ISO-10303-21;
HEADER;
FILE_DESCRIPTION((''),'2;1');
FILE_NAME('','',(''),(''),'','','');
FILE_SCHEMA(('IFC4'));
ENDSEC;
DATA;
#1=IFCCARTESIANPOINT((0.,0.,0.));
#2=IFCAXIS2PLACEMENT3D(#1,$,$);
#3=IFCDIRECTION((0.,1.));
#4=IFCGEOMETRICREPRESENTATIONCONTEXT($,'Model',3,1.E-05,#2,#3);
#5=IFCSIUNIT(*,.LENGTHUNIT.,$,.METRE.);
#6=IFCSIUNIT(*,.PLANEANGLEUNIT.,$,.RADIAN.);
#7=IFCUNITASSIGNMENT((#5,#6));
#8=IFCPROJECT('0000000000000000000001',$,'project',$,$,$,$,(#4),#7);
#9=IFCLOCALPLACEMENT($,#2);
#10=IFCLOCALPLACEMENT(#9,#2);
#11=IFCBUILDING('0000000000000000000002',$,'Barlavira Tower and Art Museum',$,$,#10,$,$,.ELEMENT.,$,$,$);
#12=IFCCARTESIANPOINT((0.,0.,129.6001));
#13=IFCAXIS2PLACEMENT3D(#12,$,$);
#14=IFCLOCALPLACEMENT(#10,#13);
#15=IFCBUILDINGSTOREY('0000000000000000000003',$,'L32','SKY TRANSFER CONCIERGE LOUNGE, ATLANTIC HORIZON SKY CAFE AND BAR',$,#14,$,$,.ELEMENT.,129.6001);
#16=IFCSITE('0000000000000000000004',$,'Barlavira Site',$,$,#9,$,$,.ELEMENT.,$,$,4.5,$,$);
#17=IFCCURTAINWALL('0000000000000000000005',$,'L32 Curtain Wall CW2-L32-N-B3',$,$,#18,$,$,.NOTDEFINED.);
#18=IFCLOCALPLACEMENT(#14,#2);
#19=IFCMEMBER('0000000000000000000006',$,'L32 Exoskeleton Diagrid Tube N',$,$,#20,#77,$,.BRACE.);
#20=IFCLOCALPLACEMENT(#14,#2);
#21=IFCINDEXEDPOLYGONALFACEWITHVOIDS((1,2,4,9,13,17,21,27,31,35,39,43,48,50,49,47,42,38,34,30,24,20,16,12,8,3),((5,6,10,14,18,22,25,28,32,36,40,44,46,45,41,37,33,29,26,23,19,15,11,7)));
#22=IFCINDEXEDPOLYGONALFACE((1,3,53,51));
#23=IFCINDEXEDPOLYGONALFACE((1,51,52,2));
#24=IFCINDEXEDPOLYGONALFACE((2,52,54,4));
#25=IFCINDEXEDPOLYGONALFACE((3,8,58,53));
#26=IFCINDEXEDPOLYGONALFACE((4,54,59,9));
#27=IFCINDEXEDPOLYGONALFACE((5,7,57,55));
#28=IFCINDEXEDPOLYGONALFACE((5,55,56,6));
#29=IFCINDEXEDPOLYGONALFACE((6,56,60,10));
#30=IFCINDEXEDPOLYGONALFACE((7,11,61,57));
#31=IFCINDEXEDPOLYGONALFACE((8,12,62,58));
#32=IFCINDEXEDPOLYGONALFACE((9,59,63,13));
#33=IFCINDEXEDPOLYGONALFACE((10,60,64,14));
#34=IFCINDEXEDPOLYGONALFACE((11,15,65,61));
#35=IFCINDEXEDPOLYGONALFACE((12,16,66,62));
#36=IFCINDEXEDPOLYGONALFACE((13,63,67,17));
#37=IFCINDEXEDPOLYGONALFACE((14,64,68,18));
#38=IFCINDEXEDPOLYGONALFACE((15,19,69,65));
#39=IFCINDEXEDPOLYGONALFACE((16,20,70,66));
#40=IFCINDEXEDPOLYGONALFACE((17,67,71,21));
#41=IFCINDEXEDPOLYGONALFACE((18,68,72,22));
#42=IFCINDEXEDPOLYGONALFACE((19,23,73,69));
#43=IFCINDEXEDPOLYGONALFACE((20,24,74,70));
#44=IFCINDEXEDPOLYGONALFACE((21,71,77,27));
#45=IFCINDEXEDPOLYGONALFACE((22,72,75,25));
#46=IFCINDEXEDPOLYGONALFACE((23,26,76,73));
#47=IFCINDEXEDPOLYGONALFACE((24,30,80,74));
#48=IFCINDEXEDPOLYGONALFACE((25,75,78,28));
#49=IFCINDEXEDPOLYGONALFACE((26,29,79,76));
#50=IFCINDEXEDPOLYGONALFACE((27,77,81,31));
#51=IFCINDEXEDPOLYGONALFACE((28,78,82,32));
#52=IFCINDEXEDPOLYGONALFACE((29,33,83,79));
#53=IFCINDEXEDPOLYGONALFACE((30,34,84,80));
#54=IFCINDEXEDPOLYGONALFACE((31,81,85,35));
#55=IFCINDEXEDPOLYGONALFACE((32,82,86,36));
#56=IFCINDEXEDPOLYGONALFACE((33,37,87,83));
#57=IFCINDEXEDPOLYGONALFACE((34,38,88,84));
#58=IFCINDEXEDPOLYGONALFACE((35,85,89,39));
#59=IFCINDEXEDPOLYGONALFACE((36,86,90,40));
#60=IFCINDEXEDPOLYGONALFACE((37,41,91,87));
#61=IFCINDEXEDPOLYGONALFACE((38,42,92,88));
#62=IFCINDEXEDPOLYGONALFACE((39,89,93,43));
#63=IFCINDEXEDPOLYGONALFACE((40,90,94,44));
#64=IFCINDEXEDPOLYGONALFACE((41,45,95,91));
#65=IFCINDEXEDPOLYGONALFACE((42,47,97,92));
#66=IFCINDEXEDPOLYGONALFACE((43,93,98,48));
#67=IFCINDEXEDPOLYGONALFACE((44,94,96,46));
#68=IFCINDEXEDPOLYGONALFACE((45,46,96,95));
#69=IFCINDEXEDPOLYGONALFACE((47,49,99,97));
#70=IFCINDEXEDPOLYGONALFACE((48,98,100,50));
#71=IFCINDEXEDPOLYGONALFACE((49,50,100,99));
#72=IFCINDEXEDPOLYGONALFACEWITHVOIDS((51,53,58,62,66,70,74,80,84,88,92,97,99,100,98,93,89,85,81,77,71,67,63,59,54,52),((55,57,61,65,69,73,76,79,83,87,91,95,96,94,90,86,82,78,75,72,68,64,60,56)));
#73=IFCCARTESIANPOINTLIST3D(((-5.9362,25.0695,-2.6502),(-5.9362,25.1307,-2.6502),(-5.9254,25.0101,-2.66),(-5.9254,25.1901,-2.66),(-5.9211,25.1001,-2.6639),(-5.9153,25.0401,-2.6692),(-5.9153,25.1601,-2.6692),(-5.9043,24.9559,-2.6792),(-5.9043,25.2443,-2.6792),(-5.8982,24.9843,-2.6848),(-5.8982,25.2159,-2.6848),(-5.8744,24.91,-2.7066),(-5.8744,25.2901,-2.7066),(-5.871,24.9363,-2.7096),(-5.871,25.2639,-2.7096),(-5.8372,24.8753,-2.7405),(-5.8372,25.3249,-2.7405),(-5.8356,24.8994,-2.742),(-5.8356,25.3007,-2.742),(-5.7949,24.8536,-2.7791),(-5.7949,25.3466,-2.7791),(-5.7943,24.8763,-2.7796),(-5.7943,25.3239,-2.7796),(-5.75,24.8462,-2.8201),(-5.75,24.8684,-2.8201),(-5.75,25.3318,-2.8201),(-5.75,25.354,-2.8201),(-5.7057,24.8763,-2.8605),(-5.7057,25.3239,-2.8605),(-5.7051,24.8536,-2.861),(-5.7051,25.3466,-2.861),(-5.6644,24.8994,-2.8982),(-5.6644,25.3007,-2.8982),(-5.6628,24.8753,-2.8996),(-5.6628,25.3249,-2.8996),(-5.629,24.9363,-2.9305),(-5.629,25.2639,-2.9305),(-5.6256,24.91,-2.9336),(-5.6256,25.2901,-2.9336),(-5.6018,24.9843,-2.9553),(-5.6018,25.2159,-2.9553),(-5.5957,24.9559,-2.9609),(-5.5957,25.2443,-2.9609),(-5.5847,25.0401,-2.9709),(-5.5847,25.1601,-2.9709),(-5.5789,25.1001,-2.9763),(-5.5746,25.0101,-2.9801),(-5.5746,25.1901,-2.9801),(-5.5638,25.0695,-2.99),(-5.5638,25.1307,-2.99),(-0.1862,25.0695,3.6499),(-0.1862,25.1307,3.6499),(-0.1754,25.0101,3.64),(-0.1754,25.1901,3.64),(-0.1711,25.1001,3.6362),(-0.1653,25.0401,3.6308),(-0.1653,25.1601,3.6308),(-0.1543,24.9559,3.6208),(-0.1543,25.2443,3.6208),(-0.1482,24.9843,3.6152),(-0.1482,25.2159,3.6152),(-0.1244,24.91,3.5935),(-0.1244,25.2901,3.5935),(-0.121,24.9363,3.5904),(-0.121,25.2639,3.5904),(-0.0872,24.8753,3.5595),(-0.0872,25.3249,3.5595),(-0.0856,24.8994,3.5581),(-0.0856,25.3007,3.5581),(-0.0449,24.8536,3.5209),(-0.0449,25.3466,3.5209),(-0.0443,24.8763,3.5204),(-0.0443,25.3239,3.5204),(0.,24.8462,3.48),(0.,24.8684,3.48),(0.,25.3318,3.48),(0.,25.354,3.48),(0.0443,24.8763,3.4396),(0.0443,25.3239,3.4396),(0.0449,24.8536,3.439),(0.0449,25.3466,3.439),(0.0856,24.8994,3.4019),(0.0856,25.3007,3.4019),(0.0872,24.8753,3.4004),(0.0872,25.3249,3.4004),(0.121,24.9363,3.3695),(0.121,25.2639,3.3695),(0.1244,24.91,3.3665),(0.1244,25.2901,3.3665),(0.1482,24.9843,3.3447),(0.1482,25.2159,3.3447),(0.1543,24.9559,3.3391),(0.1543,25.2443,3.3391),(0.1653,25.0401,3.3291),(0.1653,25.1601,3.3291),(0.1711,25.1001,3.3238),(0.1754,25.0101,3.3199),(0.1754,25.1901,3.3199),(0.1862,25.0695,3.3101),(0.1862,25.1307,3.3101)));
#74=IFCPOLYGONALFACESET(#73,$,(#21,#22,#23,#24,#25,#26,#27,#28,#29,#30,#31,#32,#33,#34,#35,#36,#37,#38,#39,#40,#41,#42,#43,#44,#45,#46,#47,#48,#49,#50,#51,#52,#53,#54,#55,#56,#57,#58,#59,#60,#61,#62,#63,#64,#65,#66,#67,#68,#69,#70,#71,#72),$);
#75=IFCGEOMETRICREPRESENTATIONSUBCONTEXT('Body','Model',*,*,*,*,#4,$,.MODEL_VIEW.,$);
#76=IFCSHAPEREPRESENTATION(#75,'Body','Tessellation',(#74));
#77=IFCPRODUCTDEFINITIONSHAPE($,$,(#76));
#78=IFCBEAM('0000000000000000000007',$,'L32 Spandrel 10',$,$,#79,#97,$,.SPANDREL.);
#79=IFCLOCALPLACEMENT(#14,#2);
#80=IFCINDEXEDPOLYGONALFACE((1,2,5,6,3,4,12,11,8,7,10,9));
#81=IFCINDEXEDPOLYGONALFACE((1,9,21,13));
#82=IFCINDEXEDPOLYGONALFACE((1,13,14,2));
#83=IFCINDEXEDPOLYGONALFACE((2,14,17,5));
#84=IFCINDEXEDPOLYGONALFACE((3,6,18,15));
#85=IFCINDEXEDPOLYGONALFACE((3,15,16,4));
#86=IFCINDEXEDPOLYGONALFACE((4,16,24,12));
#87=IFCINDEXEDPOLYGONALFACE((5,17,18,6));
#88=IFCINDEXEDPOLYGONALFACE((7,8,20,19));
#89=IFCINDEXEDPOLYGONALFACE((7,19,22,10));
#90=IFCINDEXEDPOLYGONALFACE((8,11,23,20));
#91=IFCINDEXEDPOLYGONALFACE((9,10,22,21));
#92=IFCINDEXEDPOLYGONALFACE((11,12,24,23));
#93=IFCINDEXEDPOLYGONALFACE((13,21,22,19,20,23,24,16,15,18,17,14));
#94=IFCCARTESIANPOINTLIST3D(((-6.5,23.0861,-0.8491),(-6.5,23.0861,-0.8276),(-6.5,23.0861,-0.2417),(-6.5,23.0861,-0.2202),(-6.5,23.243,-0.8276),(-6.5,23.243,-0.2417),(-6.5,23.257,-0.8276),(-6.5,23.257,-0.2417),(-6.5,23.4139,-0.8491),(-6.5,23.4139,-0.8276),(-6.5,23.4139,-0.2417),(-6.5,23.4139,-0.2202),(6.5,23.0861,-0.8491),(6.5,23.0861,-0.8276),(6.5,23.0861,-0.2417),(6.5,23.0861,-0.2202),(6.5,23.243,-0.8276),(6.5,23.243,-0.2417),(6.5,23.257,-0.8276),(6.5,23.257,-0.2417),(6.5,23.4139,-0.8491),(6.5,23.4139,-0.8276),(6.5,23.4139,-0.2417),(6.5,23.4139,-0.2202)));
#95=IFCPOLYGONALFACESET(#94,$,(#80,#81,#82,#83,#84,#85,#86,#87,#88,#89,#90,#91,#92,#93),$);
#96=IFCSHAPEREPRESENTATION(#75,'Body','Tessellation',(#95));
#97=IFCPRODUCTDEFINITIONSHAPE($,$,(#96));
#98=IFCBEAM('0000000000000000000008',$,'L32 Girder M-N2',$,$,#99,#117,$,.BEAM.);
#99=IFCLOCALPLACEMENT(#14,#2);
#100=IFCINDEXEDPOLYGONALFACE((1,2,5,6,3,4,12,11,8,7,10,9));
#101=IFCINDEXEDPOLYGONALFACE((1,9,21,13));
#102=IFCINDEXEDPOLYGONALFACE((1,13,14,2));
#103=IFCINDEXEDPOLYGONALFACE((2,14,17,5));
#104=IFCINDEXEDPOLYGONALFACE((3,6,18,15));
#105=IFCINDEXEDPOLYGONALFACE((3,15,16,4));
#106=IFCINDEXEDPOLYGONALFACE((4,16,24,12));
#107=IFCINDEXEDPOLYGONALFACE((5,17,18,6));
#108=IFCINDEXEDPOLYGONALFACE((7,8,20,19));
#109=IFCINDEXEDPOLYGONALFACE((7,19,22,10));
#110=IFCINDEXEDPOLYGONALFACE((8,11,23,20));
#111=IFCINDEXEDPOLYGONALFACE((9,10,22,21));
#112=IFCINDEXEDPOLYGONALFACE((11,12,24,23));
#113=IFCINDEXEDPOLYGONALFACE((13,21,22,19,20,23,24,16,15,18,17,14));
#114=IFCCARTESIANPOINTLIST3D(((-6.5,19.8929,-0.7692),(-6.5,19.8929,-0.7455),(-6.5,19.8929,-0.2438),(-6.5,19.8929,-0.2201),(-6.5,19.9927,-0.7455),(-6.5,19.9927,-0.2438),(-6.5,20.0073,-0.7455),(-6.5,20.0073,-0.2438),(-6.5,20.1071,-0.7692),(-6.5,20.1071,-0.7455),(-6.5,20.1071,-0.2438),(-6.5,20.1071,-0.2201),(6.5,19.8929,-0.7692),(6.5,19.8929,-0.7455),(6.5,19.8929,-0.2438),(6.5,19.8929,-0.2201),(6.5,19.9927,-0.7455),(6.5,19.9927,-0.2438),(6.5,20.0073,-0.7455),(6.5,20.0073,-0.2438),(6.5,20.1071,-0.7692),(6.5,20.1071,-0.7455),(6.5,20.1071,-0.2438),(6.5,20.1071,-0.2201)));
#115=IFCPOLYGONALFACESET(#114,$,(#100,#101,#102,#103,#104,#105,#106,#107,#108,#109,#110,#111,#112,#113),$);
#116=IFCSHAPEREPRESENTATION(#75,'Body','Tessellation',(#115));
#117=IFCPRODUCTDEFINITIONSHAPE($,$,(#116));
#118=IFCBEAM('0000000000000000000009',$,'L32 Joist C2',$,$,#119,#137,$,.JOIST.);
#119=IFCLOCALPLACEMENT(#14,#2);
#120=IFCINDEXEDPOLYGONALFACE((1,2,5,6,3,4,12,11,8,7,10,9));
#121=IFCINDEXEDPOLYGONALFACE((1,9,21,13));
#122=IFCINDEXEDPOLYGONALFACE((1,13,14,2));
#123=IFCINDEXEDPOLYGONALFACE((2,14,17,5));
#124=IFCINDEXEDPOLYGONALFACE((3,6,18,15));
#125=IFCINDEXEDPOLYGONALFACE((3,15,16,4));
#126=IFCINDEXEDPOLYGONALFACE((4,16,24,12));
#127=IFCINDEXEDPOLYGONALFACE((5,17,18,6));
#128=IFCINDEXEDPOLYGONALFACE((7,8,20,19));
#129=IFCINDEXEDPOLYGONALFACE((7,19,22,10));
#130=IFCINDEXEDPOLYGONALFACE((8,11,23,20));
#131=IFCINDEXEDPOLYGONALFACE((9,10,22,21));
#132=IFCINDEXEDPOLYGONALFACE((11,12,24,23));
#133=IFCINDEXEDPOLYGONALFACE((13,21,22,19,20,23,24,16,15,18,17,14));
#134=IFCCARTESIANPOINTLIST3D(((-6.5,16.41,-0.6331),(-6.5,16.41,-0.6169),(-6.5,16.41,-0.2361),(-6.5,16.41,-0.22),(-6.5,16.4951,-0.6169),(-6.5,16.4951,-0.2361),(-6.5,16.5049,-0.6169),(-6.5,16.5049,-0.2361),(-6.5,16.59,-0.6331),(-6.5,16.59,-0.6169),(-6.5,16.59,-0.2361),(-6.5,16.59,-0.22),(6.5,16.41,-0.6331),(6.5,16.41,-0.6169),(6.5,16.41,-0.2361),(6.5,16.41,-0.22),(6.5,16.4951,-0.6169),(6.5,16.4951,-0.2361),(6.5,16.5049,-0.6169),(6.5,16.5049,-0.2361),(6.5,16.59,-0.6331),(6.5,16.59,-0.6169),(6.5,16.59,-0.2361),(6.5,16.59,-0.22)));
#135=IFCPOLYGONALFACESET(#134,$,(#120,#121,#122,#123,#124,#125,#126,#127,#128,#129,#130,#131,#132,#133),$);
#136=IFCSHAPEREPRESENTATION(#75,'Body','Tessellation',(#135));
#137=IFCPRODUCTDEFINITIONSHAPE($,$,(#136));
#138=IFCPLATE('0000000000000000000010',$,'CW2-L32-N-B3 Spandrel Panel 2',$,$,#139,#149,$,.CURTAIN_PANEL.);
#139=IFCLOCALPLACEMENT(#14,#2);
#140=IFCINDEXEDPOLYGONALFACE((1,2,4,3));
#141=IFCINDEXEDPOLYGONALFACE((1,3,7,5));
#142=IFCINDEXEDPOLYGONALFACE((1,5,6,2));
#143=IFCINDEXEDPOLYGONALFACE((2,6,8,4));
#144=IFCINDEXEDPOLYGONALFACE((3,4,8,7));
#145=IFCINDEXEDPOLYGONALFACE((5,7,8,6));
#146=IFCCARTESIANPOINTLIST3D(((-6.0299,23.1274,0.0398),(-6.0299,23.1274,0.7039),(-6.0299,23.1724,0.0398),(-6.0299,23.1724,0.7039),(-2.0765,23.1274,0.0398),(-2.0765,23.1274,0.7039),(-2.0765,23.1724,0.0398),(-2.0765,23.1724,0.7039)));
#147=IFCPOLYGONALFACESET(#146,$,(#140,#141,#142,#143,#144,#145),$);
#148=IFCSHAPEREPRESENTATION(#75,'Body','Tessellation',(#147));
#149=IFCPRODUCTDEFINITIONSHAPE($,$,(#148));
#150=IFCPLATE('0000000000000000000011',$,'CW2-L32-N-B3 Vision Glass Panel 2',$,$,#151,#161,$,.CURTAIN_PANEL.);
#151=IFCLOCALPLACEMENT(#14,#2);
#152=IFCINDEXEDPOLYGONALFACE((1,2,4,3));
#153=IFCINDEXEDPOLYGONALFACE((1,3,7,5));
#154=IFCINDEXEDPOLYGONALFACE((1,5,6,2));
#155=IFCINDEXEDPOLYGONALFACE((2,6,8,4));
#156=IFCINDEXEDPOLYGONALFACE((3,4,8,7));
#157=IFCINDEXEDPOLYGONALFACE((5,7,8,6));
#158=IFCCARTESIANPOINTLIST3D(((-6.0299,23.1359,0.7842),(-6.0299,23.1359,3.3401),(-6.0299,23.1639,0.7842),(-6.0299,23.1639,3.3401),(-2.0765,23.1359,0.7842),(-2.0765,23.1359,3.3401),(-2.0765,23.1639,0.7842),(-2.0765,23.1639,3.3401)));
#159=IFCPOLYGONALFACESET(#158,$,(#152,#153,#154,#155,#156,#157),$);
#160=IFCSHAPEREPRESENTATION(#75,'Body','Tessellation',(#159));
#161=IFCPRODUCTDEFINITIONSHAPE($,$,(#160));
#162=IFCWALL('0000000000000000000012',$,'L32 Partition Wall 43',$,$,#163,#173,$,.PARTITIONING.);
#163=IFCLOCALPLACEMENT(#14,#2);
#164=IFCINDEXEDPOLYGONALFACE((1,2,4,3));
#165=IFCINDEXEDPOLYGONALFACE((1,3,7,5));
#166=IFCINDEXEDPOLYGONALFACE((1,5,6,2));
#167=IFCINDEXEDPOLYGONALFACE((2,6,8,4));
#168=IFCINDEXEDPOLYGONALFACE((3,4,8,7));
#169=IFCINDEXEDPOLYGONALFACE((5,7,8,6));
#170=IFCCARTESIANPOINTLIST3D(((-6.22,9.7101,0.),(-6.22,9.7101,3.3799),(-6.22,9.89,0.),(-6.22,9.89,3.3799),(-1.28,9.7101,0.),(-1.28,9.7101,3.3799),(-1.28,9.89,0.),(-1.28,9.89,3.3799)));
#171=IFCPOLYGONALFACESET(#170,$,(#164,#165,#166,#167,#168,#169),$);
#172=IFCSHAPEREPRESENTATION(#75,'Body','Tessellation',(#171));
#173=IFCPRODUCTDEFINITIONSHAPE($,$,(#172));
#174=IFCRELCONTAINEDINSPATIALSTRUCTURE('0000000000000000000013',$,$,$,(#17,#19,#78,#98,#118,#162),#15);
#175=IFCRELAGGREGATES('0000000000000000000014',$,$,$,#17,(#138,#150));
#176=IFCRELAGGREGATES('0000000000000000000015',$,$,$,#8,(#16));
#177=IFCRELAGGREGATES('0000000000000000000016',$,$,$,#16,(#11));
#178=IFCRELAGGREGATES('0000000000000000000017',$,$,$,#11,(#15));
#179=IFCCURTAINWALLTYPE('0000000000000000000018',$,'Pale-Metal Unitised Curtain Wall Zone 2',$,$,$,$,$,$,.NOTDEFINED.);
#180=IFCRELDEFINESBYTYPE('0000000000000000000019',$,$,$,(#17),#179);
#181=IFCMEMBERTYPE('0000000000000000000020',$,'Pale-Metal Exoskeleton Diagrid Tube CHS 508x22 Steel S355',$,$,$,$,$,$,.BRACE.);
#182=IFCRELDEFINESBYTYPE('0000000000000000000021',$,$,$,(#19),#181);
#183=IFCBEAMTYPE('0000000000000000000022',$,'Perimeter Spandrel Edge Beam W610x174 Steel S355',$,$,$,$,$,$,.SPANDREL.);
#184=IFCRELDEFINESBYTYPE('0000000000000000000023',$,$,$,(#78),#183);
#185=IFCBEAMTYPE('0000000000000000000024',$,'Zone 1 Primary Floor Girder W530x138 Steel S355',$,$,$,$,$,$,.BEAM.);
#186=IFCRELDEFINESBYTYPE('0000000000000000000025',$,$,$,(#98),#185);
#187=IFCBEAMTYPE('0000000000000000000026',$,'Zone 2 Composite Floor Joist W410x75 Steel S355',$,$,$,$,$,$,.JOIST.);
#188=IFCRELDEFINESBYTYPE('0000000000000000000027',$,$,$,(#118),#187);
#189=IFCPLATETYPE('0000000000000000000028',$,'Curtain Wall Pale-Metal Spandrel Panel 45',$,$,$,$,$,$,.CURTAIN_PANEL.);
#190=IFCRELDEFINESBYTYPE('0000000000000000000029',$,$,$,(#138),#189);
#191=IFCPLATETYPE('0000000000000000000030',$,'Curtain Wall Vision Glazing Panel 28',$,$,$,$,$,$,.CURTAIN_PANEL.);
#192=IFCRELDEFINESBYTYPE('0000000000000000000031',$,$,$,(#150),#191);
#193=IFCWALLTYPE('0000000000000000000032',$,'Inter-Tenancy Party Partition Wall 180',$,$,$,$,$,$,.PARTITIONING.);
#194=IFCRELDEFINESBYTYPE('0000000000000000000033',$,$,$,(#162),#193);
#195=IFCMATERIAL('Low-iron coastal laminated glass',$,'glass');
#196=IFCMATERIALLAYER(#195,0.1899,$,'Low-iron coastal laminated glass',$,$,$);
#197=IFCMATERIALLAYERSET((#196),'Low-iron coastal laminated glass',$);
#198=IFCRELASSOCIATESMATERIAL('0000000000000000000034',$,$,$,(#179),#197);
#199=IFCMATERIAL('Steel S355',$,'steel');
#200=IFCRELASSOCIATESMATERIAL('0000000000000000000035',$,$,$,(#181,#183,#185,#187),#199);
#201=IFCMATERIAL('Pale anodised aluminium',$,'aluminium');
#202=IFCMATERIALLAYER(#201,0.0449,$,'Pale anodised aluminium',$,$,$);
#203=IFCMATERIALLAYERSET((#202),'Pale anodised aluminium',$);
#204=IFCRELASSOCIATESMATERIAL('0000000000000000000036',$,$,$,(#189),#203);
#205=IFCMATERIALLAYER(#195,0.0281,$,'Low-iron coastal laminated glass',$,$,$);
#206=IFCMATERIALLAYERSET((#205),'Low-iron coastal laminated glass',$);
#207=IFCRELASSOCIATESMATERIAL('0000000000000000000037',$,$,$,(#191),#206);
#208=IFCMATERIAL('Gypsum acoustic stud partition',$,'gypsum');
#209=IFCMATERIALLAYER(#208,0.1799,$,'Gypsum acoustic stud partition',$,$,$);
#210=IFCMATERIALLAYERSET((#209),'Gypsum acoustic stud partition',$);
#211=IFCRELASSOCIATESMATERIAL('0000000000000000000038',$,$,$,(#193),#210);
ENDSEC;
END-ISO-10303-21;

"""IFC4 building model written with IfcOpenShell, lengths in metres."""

from ifc_helpers import new_model, si_unit, direction, frame, frame_2d, origin, origin_2d, place, context, subcontext, project, spatial, rectangle, hollow_circle, i_section, extrude, material, layer, layer_set, material_profile, profile_set, type_object, element, aggregate, save


model = new_model("IFC4")

# Units and contexts
model_context = context("Model", 3, precision=1e-05, world=origin(), true_north=direction((0.0, 1.0)))
body_context = subcontext(model_context, "Body", "Model", "MODEL_VIEW")
ifc_project = project(units=[si_unit("LENGTHUNIT", "METRE"), si_unit("PLANEANGLEUNIT", "RADIAN")], contexts=[model_context])

# Site, building, storey
site_placement = place(None, origin())
site = spatial("IfcSite", under=ifc_project, at=site_placement, Name="Barlavira Site", CompositionType="ELEMENT", RefElevation=4.5)
building_placement = place(site_placement, origin())
building = spatial("IfcBuilding", under=site, at=building_placement, Name="Barlavira Tower and Art Museum", CompositionType="ELEMENT")
storey_placement = place(building_placement, frame((0.0, 0.0, 129.6001)))
storey = spatial("IfcBuildingStorey", under=building, at=storey_placement, Name="L32", Description="SKY TRANSFER CONCIERGE LOUNGE, ATLANTIC HORIZON SKY CAFE AND BAR", CompositionType="ELEMENT", Elevation=129.6001)

# Curtain wall
ifc_material_1 = material(Name="Low-iron coastal laminated glass", Category="glass")
ifc_layer_1 = layer(ifc_material_1, 0.1899, Name="Low-iron coastal laminated glass")
ifc_layer_set_1 = layer_set([ifc_layer_1], Name="Low-iron coastal laminated glass")
curtain_wall_type = type_object("IfcCurtainWallType", Name="Pale-Metal Unitised Curtain Wall Zone 2", PredefinedType="NOTDEFINED", material=ifc_layer_set_1)
curtain_wall_placement = place(storey_placement, origin())
curtain_wall = element("IfcCurtainWall", 1, at=curtain_wall_placement, inside=storey, type_object=curtain_wall_type, Name="L32 Curtain Wall CW2-L32-N-B3", PredefinedType="NOTDEFINED")
ifc_material_2 = material(Name="Pale anodised aluminium", Category="aluminium")

# Member
ifc_material_3 = material(Name="Steel S355", Category="steel")
ifc_material_profile_1 = material_profile(ifc_material_3, hollow_circle(Radius=0.2539, WallThickness=0.0222, at=origin_2d()), Name="CHS 508.0x22.2")
ifc_profile_set_1 = profile_set([ifc_material_profile_1], Name="Steel S355")
member_type_1 = type_object("IfcMemberType", Name="Pale-Metal Exoskeleton Diagrid Tube CHS 508x22 Steel S355", PredefinedType="BRACE", material=ifc_profile_set_1)
for number, where, z_axis, x_axis, name in (
    (2, (-5.75, 25.1001, -2.8201), (0.674128, 0.0, 0.738615), (0.0, 1.0, 0.0), "L32 Exoskeleton Diagrid Tube N"),
):
    element("IfcMember", number, at=place(storey_placement, frame(where, z_axis=z_axis, x_axis=x_axis)), inside=storey, type_object=member_type_1, Name=name, PredefinedType="BRACE", context=body_context, shape_type="SweptSolid", body=[
        extrude(hollow_circle(Radius=0.2539, WallThickness=0.0222, at=origin_2d()), origin(), (0.0, 0.0, 1.0), 8.5295),
    ])

# Beams
ifc_material_profile_2 = material_profile(ifc_material_3, i_section(OverallWidth=0.3279, OverallDepth=0.6289, WebThickness=0.0139, FlangeThickness=0.0215, at=origin_2d()), Name="W610x174.0")
ifc_profile_set_2 = profile_set([ifc_material_profile_2], Name="Steel S355")
beam_type_1 = type_object("IfcBeamType", Name="Perimeter Spandrel Edge Beam W610x174 Steel S355", PredefinedType="SPANDREL", material=ifc_profile_set_2)
beam_1_placement = place(storey_placement, frame((-6.5, 23.25, -0.5347), z_axis=(1.0, 0.0, 0.0), x_axis=(0.0, 1.0, 0.0)))
element("IfcBeam", 3, at=beam_1_placement, inside=storey, type_object=beam_type_1, Name="L32 Spandrel 10", PredefinedType="SPANDREL", context=body_context, shape_type="SweptSolid", body=[
    extrude(i_section(OverallWidth=0.3279, OverallDepth=0.6289, WebThickness=0.0139, FlangeThickness=0.0215, at=origin_2d()), origin(), (0.0, 0.0, 1.0), 13.0),
])
ifc_material_profile_3 = material_profile(ifc_material_3, i_section(OverallWidth=0.2141, OverallDepth=0.5491, WebThickness=0.0146, FlangeThickness=0.0237, at=origin_2d()), Name="W530x138.0")
ifc_profile_set_3 = profile_set([ifc_material_profile_3], Name="Steel S355")
beam_type_2 = type_object("IfcBeamType", Name="Zone 1 Primary Floor Girder W530x138 Steel S355", PredefinedType="BEAM", material=ifc_profile_set_3)
beam_2_placement = place(storey_placement, frame((-6.5, 20.0, -0.4946), z_axis=(1.0, 0.0, 0.0), x_axis=(0.0, 1.0, 0.0)))
element("IfcBeam", 4, at=beam_2_placement, inside=storey, type_object=beam_type_2, Name="L32 Girder M-N2", PredefinedType="BEAM", context=body_context, shape_type="SweptSolid", body=[
    extrude(i_section(OverallWidth=0.2141, OverallDepth=0.5491, WebThickness=0.0146, FlangeThickness=0.0237, at=origin_2d()), origin(), (0.0, 0.0, 1.0), 13.0),
])
ifc_material_profile_4 = material_profile(ifc_material_3, i_section(OverallWidth=0.1799, OverallDepth=0.4131, WebThickness=0.0098, FlangeThickness=0.0161, at=origin_2d()), Name="W410x75.0")
ifc_profile_set_4 = profile_set([ifc_material_profile_4], Name="Steel S355")
beam_type_3 = type_object("IfcBeamType", Name="Zone 2 Composite Floor Joist W410x75 Steel S355", PredefinedType="JOIST", material=ifc_profile_set_4)
beam_3_placement = place(storey_placement, frame((-6.5, 16.5, -0.4265), z_axis=(1.0, 0.0, 0.0), x_axis=(0.0, 1.0, 0.0)))
element("IfcBeam", 5, at=beam_3_placement, inside=storey, type_object=beam_type_3, Name="L32 Joist C2", PredefinedType="JOIST", context=body_context, shape_type="SweptSolid", body=[
    extrude(i_section(OverallWidth=0.1799, OverallDepth=0.4131, WebThickness=0.0098, FlangeThickness=0.0161, at=origin_2d()), origin(), (0.0, 0.0, 1.0), 13.0),
])

# Plates
ifc_layer_2 = layer(ifc_material_2, 0.0449, Name="Pale anodised aluminium")
ifc_layer_set_2 = layer_set([ifc_layer_2], Name="Pale anodised aluminium")
plate_type_1 = type_object("IfcPlateType", Name="Curtain Wall Pale-Metal Spandrel Panel 45", PredefinedType="CURTAIN_PANEL", material=ifc_layer_set_2)
plate_1_placement = place(storey_placement, frame((-4.0532, 23.1499, 0.0398), z_axis=(0.0, 0.0, 1.0), x_axis=(-1.0, 0.0, 0.0)))
plate_1 = element("IfcPlate", 6, at=plate_1_placement, type_object=plate_type_1, Name="CW2-L32-N-B3 Spandrel Panel 2", PredefinedType="CURTAIN_PANEL", context=body_context, shape_type="SweptSolid", body=[
    extrude(rectangle(XDim=3.9534, YDim=0.0449, at=origin_2d()), origin(), (0.0, 0.0, 1.0), 0.6641),
])
ifc_layer_3 = layer(ifc_material_1, 0.0281, Name="Low-iron coastal laminated glass")
ifc_layer_set_3 = layer_set([ifc_layer_3], Name="Low-iron coastal laminated glass")
plate_type_2 = type_object("IfcPlateType", Name="Curtain Wall Vision Glazing Panel 28", PredefinedType="CURTAIN_PANEL", material=ifc_layer_set_3)
plate_2_placement = place(storey_placement, frame((-4.0532, 23.1499, 0.7842), z_axis=(0.0, 0.0, 1.0), x_axis=(-1.0, 0.0, 0.0)))
plate_2 = element("IfcPlate", 7, at=plate_2_placement, type_object=plate_type_2, Name="CW2-L32-N-B3 Vision Glass Panel 2", PredefinedType="CURTAIN_PANEL", context=body_context, shape_type="SweptSolid", body=[
    extrude(rectangle(XDim=3.9534, YDim=0.0281, at=origin_2d()), origin(), (0.0, 0.0, 1.0), 2.5559),
])
aggregate(curtain_wall, [plate_1, plate_2])

# Wall
ifc_material_4 = material(Name="Gypsum acoustic stud partition", Category="gypsum")
ifc_layer_4 = layer(ifc_material_4, 0.1799, Name="Gypsum acoustic stud partition")
ifc_layer_set_4 = layer_set([ifc_layer_4], Name="Gypsum acoustic stud partition")
wall_type_1 = type_object("IfcWallType", Name="Inter-Tenancy Party Partition Wall 180", PredefinedType="PARTITIONING", material=ifc_layer_set_4)
wall_1_placement = place(storey_placement, frame((-6.22, 9.8, 0.0), z_axis=(0.0, 0.0, 1.0), x_axis=(1.0, 0.0, 0.0)))
element("IfcWall", 8, at=wall_1_placement, inside=storey, type_object=wall_type_1, Name="L32 Partition Wall 43", PredefinedType="PARTITIONING", context=body_context, shape_type="SweptSolid", body=[
    extrude(rectangle(XDim=4.9399, YDim=0.1799, at=frame_2d((2.47, 0.0))), origin(), (0.0, 0.0, 1.0), 3.3799),
])

save(model, "model.ifc")
